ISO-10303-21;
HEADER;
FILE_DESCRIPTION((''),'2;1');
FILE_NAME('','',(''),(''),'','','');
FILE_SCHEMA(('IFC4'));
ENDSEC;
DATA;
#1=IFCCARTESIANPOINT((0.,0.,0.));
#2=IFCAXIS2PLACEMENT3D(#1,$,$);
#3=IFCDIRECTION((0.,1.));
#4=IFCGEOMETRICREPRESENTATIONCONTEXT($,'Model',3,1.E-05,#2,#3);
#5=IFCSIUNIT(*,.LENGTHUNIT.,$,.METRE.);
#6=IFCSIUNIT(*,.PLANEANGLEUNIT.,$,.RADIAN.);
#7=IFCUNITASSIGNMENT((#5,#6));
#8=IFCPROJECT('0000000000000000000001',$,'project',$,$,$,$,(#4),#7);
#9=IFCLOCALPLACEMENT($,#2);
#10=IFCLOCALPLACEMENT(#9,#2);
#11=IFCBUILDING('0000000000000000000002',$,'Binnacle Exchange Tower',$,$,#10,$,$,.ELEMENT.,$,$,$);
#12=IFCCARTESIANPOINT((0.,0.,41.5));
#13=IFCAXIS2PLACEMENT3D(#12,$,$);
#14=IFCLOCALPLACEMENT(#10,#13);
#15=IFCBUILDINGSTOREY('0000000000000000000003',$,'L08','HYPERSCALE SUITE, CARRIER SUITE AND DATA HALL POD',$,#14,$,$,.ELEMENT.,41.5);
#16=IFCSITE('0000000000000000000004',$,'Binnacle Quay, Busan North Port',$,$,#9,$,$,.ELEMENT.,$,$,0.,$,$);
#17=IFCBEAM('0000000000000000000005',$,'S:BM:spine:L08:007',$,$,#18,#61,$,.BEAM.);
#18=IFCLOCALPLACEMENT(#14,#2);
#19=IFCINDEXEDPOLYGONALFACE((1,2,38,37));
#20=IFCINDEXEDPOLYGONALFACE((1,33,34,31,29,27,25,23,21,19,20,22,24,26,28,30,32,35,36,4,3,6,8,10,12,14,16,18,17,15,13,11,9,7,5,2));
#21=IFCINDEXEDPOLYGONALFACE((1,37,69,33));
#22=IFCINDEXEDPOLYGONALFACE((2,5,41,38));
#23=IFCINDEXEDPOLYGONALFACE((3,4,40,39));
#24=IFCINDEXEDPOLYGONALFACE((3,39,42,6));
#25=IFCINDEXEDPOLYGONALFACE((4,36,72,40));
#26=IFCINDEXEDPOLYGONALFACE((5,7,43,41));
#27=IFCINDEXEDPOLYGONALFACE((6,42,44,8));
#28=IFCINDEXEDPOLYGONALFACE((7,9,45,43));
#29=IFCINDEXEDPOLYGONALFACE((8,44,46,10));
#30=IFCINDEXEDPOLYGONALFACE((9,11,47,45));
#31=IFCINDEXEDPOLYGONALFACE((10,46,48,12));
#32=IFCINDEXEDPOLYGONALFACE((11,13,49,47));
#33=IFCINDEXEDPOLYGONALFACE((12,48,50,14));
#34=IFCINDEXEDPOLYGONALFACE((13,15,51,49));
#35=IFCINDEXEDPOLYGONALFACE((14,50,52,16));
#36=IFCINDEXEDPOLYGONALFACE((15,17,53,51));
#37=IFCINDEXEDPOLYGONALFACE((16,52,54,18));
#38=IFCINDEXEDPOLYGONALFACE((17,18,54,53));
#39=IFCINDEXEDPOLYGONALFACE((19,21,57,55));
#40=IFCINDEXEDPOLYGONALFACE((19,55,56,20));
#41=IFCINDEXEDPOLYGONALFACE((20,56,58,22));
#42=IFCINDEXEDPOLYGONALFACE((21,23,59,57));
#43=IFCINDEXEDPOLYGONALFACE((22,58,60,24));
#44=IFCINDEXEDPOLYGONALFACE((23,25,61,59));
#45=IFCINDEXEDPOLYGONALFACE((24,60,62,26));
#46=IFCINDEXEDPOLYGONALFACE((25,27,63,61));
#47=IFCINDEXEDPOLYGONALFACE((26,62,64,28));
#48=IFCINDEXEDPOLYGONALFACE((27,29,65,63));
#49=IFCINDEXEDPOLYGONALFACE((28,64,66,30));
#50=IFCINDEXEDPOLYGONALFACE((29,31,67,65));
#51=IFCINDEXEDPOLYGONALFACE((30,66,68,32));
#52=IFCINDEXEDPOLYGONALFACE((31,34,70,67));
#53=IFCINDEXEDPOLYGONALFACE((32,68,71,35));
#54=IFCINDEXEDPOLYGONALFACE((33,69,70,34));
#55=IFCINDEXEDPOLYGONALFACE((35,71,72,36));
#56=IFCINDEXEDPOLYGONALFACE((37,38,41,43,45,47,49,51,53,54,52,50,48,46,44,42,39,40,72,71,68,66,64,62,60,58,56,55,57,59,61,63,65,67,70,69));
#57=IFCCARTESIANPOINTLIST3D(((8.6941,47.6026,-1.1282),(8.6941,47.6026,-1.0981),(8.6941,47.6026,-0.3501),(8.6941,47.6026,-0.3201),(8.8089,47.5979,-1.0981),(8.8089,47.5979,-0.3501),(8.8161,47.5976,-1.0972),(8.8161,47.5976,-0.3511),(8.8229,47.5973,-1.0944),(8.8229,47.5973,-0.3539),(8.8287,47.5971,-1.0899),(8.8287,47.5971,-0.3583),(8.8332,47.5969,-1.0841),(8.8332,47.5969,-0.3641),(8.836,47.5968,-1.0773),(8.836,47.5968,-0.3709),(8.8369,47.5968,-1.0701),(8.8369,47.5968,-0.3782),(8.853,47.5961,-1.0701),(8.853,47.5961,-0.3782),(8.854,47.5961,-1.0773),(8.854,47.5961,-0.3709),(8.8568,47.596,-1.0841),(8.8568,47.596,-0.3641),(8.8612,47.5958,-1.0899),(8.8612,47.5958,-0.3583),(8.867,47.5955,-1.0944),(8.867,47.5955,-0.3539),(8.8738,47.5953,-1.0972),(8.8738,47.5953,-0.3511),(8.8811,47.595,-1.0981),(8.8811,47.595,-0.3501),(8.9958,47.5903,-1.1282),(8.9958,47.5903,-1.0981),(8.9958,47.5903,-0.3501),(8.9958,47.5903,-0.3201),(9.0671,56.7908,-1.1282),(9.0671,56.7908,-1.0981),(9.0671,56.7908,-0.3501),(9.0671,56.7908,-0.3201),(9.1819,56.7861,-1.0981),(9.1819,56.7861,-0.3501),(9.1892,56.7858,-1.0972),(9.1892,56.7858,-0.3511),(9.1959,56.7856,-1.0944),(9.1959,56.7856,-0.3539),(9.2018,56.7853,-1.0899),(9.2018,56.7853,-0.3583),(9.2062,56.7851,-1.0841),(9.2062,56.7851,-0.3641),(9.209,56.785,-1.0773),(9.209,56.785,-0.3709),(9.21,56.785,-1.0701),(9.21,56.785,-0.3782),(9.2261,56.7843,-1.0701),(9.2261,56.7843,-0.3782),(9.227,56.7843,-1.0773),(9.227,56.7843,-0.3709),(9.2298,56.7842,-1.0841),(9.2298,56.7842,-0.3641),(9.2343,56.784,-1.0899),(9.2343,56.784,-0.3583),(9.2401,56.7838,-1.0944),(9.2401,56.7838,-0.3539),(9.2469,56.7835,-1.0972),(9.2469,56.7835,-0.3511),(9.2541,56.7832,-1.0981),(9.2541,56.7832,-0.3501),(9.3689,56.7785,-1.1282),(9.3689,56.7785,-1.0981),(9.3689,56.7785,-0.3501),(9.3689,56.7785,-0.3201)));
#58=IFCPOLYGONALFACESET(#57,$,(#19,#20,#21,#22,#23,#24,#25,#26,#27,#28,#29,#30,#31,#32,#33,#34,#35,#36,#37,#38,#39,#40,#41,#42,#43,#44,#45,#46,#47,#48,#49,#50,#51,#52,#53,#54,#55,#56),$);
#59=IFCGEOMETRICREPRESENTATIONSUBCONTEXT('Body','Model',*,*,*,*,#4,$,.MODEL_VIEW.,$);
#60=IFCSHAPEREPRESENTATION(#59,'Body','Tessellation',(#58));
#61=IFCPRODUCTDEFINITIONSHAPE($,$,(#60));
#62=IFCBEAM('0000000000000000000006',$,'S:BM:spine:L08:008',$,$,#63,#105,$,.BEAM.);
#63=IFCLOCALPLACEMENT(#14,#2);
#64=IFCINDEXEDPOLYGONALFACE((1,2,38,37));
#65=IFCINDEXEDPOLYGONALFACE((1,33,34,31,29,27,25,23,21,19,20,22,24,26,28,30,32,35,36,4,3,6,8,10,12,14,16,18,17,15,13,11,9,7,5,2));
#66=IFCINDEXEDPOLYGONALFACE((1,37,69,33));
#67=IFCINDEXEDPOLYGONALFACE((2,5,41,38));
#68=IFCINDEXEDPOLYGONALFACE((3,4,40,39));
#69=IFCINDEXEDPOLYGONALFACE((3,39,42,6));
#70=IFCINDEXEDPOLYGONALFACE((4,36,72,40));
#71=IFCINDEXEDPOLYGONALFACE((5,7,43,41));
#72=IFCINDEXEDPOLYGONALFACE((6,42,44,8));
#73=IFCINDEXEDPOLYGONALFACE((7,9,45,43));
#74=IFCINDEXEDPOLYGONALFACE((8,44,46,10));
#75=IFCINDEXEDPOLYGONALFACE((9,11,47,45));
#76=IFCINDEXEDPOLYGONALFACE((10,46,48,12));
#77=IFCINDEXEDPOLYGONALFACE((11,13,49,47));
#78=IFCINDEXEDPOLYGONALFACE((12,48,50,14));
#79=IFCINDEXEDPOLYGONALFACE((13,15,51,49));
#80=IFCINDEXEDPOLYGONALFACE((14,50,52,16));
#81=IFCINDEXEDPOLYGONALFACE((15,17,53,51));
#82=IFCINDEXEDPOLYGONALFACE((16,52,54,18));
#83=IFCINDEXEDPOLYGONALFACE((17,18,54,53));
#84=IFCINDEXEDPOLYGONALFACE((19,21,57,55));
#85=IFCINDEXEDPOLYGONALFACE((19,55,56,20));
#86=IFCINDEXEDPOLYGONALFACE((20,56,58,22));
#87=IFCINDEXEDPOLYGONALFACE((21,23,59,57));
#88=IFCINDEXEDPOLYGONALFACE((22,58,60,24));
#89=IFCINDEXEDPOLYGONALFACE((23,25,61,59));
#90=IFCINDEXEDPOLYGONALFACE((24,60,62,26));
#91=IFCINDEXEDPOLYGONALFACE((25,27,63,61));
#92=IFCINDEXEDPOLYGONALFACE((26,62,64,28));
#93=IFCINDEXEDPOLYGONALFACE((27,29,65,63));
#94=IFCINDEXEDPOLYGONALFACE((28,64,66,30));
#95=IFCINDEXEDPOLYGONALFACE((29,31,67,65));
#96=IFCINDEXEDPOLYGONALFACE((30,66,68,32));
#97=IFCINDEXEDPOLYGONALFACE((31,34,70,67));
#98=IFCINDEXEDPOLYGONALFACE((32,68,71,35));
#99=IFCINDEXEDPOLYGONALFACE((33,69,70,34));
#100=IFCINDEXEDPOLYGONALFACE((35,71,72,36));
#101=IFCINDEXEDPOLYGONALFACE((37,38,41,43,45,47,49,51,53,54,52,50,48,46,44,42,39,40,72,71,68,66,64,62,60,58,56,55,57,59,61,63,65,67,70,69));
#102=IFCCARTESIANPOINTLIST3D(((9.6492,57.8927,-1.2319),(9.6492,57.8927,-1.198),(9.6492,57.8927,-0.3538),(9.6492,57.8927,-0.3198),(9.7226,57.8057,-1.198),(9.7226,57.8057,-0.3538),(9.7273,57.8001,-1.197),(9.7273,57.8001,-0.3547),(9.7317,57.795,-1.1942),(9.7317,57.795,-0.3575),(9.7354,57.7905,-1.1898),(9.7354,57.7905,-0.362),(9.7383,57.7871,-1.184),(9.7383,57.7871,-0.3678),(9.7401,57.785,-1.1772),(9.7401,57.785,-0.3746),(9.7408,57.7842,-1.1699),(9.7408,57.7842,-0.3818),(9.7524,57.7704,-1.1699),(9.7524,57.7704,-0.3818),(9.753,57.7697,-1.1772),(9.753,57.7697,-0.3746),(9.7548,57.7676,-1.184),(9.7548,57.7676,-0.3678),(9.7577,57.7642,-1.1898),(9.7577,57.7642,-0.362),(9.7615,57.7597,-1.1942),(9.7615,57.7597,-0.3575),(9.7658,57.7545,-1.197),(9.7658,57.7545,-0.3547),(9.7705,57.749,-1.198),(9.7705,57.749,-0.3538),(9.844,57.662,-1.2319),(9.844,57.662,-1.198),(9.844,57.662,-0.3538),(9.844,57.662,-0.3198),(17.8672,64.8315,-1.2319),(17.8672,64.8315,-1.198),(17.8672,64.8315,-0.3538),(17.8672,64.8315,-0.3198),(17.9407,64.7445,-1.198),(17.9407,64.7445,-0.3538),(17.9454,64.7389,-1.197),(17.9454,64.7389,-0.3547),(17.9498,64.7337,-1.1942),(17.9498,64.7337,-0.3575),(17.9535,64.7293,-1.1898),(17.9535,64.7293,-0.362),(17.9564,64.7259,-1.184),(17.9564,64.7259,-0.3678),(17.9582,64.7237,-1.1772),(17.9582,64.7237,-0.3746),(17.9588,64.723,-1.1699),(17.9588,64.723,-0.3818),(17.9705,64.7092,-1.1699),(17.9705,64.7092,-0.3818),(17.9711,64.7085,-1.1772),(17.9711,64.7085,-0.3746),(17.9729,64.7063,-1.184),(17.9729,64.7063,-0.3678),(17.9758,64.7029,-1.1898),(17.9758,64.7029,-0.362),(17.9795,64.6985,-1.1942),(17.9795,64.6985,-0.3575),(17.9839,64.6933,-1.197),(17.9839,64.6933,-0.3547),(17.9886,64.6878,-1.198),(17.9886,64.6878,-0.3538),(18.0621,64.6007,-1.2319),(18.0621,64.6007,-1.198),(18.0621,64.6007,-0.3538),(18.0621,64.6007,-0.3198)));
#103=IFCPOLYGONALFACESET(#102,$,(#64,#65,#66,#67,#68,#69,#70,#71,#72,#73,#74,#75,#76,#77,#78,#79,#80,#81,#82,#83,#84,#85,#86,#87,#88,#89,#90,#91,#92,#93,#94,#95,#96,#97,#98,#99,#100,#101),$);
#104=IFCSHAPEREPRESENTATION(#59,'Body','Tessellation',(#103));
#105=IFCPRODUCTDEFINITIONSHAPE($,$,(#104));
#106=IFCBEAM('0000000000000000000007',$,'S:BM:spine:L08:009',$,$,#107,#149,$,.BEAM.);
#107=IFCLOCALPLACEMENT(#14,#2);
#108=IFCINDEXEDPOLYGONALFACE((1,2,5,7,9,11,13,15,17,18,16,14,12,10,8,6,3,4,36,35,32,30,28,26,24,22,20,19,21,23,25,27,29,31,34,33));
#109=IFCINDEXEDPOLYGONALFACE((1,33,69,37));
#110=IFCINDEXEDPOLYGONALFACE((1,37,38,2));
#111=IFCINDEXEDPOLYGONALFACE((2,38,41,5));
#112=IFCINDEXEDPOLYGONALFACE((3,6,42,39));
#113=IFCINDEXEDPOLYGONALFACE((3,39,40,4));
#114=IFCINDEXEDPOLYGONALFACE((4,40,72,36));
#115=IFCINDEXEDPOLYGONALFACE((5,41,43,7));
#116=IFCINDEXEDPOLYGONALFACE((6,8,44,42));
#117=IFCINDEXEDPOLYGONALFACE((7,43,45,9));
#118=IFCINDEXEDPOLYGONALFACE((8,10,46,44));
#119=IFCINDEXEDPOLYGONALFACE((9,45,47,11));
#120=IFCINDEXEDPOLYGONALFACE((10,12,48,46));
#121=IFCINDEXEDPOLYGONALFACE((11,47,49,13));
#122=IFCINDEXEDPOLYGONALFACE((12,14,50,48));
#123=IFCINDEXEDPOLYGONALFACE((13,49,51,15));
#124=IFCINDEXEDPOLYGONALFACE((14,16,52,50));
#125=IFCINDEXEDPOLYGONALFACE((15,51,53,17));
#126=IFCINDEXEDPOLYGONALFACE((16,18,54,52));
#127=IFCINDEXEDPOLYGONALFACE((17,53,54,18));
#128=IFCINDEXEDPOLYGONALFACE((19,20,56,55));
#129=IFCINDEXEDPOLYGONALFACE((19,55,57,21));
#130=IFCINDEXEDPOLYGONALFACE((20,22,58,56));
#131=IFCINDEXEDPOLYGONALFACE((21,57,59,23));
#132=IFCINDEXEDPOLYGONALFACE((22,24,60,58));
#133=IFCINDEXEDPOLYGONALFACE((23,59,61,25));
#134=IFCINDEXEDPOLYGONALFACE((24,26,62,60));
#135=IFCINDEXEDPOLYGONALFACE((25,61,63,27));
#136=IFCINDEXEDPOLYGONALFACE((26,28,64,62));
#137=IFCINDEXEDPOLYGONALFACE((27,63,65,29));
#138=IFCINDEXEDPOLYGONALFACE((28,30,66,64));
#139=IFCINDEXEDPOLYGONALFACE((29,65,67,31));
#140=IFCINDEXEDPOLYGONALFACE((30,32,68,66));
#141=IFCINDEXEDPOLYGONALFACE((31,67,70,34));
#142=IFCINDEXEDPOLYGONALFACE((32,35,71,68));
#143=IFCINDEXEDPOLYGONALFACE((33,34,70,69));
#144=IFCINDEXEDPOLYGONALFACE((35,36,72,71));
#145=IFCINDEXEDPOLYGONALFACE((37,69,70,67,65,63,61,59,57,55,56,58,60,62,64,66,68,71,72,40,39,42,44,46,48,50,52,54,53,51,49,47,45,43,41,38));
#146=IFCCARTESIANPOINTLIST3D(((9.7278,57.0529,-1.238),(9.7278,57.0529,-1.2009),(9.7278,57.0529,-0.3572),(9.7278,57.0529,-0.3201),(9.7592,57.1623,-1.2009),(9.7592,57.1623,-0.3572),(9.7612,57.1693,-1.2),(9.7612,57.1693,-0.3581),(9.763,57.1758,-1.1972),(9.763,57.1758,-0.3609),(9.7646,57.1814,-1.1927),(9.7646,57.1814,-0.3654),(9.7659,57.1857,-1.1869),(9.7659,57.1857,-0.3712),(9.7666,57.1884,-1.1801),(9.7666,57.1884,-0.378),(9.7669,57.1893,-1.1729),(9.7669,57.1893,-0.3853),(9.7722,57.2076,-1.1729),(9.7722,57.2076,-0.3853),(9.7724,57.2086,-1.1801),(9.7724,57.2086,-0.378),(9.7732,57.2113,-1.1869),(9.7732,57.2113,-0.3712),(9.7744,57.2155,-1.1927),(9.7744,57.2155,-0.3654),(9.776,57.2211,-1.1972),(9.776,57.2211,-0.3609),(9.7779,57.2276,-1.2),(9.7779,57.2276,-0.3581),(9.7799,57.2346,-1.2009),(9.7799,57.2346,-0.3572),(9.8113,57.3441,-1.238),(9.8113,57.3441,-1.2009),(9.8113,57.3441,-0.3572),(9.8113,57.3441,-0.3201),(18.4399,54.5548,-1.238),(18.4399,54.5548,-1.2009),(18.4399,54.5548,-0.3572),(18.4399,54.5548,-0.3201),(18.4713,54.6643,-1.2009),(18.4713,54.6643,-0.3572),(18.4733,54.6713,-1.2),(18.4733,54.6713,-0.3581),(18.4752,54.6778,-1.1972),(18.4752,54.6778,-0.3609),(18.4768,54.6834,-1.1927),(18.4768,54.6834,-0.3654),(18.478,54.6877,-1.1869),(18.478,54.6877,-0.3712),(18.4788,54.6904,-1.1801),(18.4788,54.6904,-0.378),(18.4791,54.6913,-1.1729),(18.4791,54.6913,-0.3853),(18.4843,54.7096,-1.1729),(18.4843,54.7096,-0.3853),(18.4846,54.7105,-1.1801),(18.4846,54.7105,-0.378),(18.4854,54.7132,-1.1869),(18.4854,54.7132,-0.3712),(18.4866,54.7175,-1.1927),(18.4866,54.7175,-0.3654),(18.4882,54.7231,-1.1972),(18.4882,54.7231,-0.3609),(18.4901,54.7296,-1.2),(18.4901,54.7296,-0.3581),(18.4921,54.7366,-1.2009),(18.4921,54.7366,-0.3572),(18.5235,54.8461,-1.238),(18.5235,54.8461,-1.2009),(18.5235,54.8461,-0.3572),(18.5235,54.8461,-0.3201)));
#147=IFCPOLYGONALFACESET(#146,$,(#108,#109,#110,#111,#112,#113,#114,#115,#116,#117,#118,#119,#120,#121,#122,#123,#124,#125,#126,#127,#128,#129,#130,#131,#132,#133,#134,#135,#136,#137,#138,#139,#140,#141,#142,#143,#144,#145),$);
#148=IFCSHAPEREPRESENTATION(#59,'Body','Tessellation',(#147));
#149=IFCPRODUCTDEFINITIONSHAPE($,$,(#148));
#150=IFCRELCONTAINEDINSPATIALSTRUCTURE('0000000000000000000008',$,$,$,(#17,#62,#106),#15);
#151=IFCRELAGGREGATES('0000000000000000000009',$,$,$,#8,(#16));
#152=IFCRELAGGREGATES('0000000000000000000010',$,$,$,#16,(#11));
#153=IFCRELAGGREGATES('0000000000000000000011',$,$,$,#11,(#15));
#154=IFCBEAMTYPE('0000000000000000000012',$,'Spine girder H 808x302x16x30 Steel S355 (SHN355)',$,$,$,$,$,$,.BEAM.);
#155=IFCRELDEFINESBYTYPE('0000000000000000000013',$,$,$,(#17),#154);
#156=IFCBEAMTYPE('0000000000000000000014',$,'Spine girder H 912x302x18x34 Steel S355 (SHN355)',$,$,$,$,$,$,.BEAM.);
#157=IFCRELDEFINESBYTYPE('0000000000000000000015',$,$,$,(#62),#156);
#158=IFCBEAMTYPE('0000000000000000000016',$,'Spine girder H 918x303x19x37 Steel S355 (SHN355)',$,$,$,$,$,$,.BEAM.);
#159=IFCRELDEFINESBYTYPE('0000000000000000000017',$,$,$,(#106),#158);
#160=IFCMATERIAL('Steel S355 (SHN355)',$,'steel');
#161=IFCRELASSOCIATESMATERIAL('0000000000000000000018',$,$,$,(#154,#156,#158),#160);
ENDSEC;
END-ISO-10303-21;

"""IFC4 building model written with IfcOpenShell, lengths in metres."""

from ifc_helpers import new_model, si_unit, direction, frame, origin, origin_2d, place, context, subcontext, project, spatial, i_section, extrude, material, material_profile, profile_set, type_object, element, save


model = new_model("IFC4")

# Units and contexts
model_context = context("Model", 3, precision=1e-05, world=origin(), true_north=direction((0.0, 1.0)))
body_context = subcontext(model_context, "Body", "Model", "MODEL_VIEW")
ifc_project = project(units=[si_unit("LENGTHUNIT", "METRE"), si_unit("PLANEANGLEUNIT", "RADIAN")], contexts=[model_context])

# Site, building, storey
site_placement = place(None, origin())
site = spatial("IfcSite", under=ifc_project, at=site_placement, Name="Binnacle Quay, Busan North Port", CompositionType="ELEMENT", RefElevation=0.0)
building_placement = place(site_placement, origin())
building = spatial("IfcBuilding", under=site, at=building_placement, Name="Binnacle Exchange Tower", CompositionType="ELEMENT")
storey_placement = place(building_placement, frame((0.0, 0.0, 41.5)))
storey = spatial("IfcBuildingStorey", under=building, at=storey_placement, Name="L08", Description="HYPERSCALE SUITE, CARRIER SUITE AND DATA HALL POD", CompositionType="ELEMENT", Elevation=41.5)

# Beams
ifc_material_1 = material(Name="Steel S355 (SHN355)", Category="steel")
ifc_material_profile_1 = material_profile(ifc_material_1, i_section(OverallWidth=0.302, OverallDepth=0.8081, WebThickness=0.0161, FlangeThickness=0.03, FilletRadius=0.0281, at=origin_2d()), Name="H 808x302x16x30")
ifc_profile_set_1 = profile_set([ifc_material_profile_1], Name="Steel S355 (SHN355)")
beam_type_1 = type_object("IfcBeamType", Name="Spine girder H 808x302x16x30 Steel S355 (SHN355)", PredefinedType="BEAM", material=ifc_profile_set_1)
beam_1_placement = place(storey_placement, frame((9.218, 56.7847, -0.7241), z_axis=(-0.040567, -0.999177, 0.0), x_axis=(0.999177, -0.040567, 0.0)))
element("IfcBeam", 1, at=beam_1_placement, inside=storey, type_object=beam_type_1, Name="S:BM:spine:L08:007", PredefinedType="BEAM", context=body_context, shape_type="SweptSolid", body=[
    extrude(i_section(OverallWidth=0.302, OverallDepth=0.8081, WebThickness=0.0161, FlangeThickness=0.03, FilletRadius=0.0281, at=origin_2d()), origin(), (0.0, 0.0, 1.0), 9.1958),
])
ifc_material_profile_2 = material_profile(ifc_material_1, i_section(OverallWidth=0.302, OverallDepth=0.9121, WebThickness=0.0181, FlangeThickness=0.0339, FilletRadius=0.0281, at=origin_2d()), Name="H 912x302x18x34")
ifc_profile_set_2 = profile_set([ifc_material_profile_2], Name="Steel S355 (SHN355)")
beam_type_2 = type_object("IfcBeamType", Name="Spine girder H 912x302x18x34 Steel S355 (SHN355)", PredefinedType="BEAM", material=ifc_profile_set_2)
beam_2_placement = place(storey_placement, frame((9.7466, 57.7773, -0.7759), z_axis=(0.764073, 0.64513, 0.0), x_axis=(-0.64513, 0.764073, 0.0)))
element("IfcBeam", 2, at=beam_2_placement, inside=storey, type_object=beam_type_2, Name="S:BM:spine:L08:008", PredefinedType="BEAM", context=body_context, shape_type="SweptSolid", body=[
    extrude(i_section(OverallWidth=0.302, OverallDepth=0.9121, WebThickness=0.0181, FlangeThickness=0.0339, FilletRadius=0.0281, at=origin_2d()), origin(), (0.0, 0.0, 1.0), 10.7556),
])
ifc_material_profile_3 = material_profile(ifc_material_1, i_section(OverallWidth=0.303, OverallDepth=0.918, WebThickness=0.019, FlangeThickness=0.0371, FilletRadius=0.0281, at=origin_2d()), Name="H 918x303x19x37")
ifc_profile_set_3 = profile_set([ifc_material_profile_3], Name="Steel S355 (SHN355)")
beam_type_3 = type_object("IfcBeamType", Name="Spine girder H 918x303x19x37 Steel S355 (SHN355)", PredefinedType="BEAM", material=ifc_profile_set_3)
beam_3_placement = place(storey_placement, frame((9.7695, 57.1985, -0.7791), z_axis=(0.961265, -0.275625, 0.0), x_axis=(0.275625, 0.961265, 0.0)))
element("IfcBeam", 3, at=beam_3_placement, inside=storey, type_object=beam_type_3, Name="S:BM:spine:L08:009", PredefinedType="BEAM", context=body_context, shape_type="SweptSolid", body=[
    extrude(i_section(OverallWidth=0.303, OverallDepth=0.918, WebThickness=0.019, FlangeThickness=0.0371, FilletRadius=0.0281, at=origin_2d()), origin(), (0.0, 0.0, 1.0), 9.0632),
])

save(model, "model.ifc")
